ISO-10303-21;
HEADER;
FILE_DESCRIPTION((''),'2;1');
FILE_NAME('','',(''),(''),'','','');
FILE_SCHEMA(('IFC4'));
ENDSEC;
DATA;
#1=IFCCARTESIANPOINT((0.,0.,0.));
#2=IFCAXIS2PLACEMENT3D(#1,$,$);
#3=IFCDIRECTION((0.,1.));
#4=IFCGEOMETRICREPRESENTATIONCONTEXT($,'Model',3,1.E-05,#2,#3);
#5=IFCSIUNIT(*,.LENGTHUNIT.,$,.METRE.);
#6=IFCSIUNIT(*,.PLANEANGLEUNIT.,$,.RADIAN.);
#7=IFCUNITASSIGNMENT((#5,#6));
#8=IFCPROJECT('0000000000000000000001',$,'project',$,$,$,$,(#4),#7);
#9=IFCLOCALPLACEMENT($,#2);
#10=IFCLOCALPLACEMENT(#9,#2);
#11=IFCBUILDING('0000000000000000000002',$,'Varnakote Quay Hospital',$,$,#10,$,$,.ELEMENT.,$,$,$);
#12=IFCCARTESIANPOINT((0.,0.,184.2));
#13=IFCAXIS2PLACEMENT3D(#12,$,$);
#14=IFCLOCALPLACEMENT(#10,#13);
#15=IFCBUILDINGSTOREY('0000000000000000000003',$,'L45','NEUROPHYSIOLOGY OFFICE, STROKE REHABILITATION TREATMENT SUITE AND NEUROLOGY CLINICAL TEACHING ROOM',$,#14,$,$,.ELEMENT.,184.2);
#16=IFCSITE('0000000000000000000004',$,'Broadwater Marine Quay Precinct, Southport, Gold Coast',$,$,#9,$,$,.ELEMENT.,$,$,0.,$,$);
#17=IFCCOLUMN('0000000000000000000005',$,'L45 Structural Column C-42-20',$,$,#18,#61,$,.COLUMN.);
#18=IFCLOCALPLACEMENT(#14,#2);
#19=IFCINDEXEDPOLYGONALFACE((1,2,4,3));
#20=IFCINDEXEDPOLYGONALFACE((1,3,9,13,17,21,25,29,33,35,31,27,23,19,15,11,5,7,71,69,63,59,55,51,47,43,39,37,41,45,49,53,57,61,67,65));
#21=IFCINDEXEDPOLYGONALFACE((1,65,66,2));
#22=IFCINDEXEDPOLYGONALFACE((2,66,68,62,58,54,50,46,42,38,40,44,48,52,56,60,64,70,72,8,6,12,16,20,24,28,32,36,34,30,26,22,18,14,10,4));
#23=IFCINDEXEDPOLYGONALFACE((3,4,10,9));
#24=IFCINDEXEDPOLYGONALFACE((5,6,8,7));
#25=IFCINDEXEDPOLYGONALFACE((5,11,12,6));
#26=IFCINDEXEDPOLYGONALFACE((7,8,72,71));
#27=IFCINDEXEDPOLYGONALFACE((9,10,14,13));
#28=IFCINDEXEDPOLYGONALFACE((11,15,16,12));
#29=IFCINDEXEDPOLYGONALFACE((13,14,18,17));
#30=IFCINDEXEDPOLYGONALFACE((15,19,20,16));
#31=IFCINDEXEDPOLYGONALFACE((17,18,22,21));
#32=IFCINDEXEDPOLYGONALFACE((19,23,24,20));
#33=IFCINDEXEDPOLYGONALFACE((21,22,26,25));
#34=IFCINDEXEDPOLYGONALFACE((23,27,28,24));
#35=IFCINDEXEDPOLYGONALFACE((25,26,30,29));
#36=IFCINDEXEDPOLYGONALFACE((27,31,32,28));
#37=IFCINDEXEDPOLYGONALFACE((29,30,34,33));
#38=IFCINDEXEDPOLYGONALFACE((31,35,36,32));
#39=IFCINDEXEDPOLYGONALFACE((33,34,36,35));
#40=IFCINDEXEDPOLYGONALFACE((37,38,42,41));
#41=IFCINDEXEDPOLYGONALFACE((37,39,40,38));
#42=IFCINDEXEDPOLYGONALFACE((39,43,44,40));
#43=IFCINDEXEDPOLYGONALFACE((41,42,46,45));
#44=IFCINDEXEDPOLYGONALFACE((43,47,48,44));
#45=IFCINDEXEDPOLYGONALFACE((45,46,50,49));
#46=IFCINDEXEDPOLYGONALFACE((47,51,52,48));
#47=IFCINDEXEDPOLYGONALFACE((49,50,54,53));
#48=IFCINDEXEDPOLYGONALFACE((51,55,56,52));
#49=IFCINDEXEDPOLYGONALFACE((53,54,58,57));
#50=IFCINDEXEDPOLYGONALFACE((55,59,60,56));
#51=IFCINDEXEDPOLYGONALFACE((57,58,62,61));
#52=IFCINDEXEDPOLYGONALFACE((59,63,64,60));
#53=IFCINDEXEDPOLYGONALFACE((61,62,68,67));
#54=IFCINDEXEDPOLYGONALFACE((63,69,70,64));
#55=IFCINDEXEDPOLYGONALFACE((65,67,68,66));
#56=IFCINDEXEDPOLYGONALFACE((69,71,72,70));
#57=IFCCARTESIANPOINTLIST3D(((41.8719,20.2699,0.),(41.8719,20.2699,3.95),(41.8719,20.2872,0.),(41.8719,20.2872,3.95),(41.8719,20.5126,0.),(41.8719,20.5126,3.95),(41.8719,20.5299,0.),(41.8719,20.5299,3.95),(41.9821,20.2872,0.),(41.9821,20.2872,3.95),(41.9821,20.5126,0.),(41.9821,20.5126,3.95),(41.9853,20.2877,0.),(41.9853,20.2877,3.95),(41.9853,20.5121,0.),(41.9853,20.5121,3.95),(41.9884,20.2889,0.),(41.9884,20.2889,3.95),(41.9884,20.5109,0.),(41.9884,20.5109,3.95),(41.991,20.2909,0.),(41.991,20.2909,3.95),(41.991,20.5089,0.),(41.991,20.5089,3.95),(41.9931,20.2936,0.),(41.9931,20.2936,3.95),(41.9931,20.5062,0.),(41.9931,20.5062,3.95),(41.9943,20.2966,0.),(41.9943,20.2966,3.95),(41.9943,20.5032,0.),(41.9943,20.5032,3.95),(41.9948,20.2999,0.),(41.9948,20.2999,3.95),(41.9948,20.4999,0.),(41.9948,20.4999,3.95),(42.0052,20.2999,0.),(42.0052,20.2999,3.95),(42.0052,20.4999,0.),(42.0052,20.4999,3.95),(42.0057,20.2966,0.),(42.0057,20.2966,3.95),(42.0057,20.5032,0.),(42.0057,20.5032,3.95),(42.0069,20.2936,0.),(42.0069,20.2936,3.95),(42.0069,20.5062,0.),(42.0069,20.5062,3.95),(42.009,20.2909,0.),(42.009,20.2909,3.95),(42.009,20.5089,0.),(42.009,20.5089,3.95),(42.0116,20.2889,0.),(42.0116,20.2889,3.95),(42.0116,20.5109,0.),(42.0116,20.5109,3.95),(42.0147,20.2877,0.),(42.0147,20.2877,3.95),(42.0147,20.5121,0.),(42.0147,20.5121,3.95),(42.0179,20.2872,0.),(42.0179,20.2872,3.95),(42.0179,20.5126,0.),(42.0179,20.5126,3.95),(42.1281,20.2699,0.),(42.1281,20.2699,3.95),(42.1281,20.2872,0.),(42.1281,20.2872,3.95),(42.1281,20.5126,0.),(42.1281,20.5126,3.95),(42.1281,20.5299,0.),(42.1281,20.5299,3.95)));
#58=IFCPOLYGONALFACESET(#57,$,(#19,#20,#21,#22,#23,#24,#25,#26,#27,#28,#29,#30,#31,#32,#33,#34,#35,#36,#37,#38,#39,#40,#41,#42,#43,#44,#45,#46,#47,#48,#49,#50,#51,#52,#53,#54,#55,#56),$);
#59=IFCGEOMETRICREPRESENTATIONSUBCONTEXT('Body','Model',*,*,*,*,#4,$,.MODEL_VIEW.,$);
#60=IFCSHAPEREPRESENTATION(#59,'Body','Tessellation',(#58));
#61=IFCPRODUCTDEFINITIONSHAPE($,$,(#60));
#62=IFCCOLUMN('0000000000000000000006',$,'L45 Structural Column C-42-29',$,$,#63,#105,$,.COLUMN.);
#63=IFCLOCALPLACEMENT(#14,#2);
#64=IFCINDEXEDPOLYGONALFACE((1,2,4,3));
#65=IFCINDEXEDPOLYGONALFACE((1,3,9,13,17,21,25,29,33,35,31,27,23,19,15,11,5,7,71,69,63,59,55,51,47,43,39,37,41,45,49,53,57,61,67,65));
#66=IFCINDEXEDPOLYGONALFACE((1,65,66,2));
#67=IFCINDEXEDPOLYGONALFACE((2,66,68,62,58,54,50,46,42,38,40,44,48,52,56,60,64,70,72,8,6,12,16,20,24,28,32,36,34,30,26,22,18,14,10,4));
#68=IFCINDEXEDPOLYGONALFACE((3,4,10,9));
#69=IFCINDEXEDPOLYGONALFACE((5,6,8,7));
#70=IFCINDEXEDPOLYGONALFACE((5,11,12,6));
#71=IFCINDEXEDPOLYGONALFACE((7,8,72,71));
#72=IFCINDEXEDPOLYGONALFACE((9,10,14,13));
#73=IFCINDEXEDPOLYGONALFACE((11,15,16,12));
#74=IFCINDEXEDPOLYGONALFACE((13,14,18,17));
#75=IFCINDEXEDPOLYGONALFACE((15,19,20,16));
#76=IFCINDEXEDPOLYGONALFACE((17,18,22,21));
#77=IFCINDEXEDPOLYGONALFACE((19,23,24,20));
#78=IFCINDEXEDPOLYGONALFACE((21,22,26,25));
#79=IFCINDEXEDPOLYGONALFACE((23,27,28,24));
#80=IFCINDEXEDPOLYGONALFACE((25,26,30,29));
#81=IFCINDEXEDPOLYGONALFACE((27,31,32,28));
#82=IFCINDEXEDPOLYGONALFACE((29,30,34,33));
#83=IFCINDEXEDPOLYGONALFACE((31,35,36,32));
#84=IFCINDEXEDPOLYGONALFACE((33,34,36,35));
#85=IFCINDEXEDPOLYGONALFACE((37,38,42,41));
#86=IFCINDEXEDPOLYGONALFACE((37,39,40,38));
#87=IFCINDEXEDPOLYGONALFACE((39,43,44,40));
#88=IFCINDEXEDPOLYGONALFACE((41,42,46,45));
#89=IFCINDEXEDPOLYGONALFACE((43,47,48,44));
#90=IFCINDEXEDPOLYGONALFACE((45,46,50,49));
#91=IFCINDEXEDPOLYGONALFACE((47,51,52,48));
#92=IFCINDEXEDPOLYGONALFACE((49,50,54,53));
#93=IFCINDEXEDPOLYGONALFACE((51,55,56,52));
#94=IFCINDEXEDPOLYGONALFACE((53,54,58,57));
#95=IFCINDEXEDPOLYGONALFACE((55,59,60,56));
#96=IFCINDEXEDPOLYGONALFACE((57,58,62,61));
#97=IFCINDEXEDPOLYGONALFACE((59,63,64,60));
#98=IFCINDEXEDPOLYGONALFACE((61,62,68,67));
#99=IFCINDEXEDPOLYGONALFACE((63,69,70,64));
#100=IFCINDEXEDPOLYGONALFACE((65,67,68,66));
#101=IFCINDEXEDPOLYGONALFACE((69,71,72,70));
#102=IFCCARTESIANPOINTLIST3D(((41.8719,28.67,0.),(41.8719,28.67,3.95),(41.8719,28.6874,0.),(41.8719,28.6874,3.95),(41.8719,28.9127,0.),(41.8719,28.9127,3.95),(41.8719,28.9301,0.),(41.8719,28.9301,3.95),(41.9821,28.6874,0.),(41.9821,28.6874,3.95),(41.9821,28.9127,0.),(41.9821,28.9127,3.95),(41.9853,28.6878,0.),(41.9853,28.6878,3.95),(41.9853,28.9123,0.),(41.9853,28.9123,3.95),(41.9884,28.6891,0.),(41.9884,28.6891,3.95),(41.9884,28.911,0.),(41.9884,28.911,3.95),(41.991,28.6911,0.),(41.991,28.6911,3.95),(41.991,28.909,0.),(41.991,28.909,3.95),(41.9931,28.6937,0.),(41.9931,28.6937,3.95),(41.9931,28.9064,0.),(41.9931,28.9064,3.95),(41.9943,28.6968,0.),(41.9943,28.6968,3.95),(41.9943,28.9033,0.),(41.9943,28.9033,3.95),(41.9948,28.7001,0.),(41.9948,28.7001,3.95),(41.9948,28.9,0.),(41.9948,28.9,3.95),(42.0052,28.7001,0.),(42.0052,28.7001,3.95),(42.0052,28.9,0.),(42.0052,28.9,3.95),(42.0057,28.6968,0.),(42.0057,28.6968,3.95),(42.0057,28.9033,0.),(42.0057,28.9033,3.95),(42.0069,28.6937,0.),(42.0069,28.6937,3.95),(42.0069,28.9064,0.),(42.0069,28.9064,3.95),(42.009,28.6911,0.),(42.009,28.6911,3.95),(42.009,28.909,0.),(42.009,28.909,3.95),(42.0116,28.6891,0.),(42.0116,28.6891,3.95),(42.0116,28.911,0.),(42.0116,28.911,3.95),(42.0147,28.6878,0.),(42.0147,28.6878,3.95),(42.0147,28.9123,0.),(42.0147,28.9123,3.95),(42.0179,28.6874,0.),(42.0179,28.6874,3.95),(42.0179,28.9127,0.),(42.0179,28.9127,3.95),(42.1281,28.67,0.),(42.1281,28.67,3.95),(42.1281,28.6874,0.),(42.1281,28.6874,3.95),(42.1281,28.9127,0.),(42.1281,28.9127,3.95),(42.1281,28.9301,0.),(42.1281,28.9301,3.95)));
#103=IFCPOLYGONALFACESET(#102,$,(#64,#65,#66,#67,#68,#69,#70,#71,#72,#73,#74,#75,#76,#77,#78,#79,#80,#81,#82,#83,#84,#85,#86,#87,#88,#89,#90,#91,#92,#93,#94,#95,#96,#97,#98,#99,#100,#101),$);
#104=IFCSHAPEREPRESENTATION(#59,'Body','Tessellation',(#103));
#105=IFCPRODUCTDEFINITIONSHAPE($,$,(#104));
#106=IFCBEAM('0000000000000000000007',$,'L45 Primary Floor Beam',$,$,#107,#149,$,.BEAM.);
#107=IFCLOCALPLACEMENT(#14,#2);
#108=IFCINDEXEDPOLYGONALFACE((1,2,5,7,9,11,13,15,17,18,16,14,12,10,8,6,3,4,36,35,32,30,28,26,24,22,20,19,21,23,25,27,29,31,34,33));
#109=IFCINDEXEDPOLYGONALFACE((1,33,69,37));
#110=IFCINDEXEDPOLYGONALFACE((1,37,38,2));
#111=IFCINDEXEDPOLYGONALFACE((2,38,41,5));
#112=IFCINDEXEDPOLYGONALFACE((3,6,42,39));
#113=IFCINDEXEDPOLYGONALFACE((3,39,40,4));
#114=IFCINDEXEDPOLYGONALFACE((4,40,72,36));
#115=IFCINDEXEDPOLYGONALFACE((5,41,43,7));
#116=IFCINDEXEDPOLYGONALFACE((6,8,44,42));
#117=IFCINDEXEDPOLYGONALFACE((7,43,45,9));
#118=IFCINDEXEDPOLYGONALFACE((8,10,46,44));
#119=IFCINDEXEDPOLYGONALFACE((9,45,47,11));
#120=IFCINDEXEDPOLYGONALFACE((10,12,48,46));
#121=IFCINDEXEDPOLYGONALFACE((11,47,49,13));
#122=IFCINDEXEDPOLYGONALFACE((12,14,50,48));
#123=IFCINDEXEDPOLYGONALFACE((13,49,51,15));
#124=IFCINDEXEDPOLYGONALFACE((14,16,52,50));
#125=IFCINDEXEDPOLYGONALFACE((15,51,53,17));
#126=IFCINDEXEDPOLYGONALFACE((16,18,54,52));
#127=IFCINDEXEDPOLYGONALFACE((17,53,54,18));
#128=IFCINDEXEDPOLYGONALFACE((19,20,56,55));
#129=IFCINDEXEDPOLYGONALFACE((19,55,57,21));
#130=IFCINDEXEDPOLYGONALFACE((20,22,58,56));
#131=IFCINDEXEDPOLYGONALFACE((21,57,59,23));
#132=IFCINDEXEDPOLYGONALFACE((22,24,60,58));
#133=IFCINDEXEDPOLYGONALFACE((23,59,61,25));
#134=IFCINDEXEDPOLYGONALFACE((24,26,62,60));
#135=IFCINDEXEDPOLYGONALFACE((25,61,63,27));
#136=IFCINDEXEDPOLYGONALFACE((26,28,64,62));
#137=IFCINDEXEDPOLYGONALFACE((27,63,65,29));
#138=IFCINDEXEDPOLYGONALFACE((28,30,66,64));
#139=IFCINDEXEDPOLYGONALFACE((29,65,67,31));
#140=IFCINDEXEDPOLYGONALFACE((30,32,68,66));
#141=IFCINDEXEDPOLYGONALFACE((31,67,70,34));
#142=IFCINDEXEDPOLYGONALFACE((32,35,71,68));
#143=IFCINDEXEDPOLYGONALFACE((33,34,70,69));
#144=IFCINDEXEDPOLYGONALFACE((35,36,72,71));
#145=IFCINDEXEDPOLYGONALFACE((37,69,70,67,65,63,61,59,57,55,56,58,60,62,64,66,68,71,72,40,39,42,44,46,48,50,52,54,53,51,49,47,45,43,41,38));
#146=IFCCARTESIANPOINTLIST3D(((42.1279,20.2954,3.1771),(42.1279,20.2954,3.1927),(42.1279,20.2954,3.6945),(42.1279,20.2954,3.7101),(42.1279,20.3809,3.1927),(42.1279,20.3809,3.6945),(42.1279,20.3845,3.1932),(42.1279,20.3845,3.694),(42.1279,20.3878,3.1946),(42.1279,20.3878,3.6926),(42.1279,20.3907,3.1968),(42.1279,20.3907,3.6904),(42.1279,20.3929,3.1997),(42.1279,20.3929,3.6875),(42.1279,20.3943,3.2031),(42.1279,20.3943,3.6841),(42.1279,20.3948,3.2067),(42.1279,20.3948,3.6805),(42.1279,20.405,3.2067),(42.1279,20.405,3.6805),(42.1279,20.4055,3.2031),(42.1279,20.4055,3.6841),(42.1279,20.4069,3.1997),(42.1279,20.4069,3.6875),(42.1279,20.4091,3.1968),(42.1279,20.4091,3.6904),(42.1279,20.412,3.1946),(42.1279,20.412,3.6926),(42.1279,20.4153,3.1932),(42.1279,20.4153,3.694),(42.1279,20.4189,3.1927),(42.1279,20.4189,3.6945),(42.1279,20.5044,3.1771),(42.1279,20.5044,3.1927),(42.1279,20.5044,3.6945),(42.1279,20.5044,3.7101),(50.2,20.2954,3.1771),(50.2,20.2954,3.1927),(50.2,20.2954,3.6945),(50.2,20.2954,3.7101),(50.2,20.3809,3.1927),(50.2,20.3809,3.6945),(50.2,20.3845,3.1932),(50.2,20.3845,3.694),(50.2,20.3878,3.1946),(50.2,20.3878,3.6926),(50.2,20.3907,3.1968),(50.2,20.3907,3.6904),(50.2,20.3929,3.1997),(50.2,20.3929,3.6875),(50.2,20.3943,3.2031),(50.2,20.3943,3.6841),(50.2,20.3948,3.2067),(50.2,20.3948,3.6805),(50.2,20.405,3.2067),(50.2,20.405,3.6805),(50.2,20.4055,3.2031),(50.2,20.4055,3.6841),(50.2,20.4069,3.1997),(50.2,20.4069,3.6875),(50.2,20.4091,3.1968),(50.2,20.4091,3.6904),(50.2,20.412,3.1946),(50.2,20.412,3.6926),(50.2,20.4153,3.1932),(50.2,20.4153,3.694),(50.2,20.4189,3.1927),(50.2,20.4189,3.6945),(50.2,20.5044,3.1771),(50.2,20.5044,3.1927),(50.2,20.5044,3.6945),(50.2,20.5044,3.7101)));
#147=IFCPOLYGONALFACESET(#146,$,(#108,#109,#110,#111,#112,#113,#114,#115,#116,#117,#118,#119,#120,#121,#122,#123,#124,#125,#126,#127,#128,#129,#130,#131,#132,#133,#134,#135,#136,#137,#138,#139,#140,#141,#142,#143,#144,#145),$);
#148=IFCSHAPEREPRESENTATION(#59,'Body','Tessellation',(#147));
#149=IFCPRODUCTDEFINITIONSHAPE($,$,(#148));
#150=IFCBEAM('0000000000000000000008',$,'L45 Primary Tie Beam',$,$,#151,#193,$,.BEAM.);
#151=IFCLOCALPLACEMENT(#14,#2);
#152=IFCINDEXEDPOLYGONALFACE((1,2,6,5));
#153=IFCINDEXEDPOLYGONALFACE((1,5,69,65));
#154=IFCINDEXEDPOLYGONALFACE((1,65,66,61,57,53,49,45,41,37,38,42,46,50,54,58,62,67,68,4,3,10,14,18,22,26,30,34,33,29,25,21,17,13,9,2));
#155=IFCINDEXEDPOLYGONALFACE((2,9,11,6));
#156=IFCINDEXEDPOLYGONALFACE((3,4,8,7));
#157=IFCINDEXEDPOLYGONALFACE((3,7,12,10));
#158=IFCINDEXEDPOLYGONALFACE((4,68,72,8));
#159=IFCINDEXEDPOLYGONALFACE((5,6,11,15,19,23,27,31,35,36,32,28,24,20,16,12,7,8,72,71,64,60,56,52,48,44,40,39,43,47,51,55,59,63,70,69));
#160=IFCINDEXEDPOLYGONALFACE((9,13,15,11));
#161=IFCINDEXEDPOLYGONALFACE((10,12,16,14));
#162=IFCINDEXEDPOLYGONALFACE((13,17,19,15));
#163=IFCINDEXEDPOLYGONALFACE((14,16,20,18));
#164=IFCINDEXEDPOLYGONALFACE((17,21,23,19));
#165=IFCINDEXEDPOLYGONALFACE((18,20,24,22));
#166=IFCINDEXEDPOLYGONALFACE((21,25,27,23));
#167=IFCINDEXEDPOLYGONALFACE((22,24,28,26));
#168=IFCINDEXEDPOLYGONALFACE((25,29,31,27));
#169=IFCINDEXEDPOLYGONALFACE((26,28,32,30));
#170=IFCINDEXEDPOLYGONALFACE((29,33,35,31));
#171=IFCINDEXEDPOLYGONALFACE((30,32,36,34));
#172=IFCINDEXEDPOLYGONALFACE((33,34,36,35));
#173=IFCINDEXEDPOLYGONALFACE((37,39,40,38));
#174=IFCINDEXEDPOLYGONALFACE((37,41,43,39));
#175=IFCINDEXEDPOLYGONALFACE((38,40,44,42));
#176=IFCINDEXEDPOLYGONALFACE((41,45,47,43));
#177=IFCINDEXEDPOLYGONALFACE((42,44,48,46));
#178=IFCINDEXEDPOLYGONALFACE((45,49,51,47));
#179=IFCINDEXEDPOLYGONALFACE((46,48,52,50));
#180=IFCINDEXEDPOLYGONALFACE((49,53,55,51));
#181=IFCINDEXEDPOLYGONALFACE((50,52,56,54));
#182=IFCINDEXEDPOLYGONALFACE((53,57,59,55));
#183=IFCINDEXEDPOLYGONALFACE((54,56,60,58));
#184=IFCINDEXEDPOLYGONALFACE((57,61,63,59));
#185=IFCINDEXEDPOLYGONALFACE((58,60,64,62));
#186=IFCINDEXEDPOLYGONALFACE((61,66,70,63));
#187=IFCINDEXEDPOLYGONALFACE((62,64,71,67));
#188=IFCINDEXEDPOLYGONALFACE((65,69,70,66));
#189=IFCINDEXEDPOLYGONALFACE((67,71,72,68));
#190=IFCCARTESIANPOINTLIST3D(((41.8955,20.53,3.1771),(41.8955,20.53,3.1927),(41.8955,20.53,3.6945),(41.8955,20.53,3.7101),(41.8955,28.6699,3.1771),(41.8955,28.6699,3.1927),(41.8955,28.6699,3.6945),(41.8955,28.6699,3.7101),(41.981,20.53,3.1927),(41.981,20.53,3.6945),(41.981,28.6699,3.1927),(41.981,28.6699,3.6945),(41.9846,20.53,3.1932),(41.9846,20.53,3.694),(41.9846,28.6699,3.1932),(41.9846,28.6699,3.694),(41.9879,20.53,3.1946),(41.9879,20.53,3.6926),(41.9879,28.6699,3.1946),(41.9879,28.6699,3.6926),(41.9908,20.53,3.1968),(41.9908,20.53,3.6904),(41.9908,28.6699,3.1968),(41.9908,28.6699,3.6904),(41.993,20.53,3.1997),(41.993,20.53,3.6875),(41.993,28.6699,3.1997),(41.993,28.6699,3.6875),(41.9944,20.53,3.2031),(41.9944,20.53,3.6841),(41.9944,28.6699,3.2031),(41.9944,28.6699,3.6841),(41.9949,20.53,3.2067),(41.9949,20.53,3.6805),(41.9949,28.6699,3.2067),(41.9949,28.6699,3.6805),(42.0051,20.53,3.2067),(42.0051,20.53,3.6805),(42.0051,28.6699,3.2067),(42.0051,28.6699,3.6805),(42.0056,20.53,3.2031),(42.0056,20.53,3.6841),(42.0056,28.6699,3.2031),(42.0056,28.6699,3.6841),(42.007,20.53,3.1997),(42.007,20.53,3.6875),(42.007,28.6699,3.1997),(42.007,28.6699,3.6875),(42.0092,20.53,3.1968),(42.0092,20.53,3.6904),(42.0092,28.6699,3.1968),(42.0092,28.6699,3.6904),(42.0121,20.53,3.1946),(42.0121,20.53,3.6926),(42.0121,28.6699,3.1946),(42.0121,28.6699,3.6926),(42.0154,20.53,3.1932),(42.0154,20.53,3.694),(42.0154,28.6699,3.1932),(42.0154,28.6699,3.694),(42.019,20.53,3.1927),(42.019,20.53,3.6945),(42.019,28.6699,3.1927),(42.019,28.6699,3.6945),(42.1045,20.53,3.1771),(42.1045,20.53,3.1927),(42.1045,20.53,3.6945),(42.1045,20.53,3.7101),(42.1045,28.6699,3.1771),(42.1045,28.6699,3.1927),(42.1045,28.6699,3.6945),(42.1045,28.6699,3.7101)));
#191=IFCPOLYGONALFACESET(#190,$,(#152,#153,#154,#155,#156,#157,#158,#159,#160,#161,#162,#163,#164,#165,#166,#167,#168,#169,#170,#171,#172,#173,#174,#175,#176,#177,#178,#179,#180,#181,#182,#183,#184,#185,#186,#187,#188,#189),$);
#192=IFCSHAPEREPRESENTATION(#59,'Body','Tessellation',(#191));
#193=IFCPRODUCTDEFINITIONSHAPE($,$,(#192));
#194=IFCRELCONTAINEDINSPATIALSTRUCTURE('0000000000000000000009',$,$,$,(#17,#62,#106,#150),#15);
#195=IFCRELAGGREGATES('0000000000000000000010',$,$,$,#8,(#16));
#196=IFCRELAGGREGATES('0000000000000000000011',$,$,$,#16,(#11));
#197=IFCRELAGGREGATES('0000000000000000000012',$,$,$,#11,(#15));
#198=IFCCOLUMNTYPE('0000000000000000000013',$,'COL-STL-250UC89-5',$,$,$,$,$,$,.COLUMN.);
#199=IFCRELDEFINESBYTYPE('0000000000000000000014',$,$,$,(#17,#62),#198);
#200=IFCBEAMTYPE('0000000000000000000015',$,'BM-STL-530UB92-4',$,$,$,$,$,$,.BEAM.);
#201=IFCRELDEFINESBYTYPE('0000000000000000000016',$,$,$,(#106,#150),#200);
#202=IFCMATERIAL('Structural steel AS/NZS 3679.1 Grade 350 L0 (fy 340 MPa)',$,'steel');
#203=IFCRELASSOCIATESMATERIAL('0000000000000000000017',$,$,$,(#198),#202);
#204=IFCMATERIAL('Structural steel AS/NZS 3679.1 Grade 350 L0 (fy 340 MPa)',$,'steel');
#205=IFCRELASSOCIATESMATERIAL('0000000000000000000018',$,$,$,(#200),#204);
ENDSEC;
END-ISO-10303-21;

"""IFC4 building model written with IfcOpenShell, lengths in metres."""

from ifc_helpers import new_model, si_unit, direction, frame, origin, origin_2d, place, context, subcontext, project, spatial, i_section, extrude, material, material_profile, profile_set, type_object, element, save


model = new_model("IFC4")

# Units and contexts
model_context = context("Model", 3, precision=1e-05, world=origin(), true_north=direction((0.0, 1.0)))
body_context = subcontext(model_context, "Body", "Model", "MODEL_VIEW")
ifc_project = project(units=[si_unit("LENGTHUNIT", "METRE"), si_unit("PLANEANGLEUNIT", "RADIAN")], contexts=[model_context])

# Site, building, storey
site_placement = place(None, origin())
site = spatial("IfcSite", under=ifc_project, at=site_placement, Name="Broadwater Marine Quay Precinct, Southport, Gold Coast", CompositionType="ELEMENT", RefElevation=0.0)
building_placement = place(site_placement, origin())
building = spatial("IfcBuilding", under=site, at=building_placement, Name="Varnakote Quay Hospital", CompositionType="ELEMENT")
storey_placement = place(building_placement, frame((0.0, 0.0, 184.2)))
storey = spatial("IfcBuildingStorey", under=building, at=storey_placement, Name="L45", Description="NEUROPHYSIOLOGY OFFICE, STROKE REHABILITATION TREATMENT SUITE AND NEUROLOGY CLINICAL TEACHING ROOM", CompositionType="ELEMENT", Elevation=184.2)

# Columns
ifc_material_1 = material(Name="Structural steel AS/NZS 3679.1 Grade 350 L0 (fy 340 MPa)", Category="steel")
ifc_material_profile_1 = material_profile(ifc_material_1, i_section(OverallWidth=0.2561, OverallDepth=0.26, WebThickness=0.0105, FlangeThickness=0.0173, FilletRadius=0.0127, at=origin_2d()), Name="250UC89.5")
ifc_profile_set_1 = profile_set([ifc_material_profile_1], Name="Structural steel AS/NZS 3679.1 Grade 350 L0 (fy 340 MPa)")
column_type = type_object("IfcColumnType", Name="COL-STL-250UC89-5", PredefinedType="COLUMN", material=ifc_profile_set_1)
for number, where, z_axis, x_axis, name in (
    (1, (42.0, 20.3999, 0.0), (0.0, 0.0, 1.0), (1.0, 0.0, 0.0), "L45 Structural Column C-42-20"),
    (2, (42.0, 28.8, 0.0), (0.0, 0.0, 1.0), (1.0, 0.0, 0.0), "L45 Structural Column C-42-29"),
):
    element("IfcColumn", number, at=place(storey_placement, frame(where, z_axis=z_axis, x_axis=x_axis)), inside=storey, type_object=column_type, Name=name, PredefinedType="COLUMN", context=body_context, shape_type="SweptSolid", body=[
        extrude(i_section(OverallWidth=0.2561, OverallDepth=0.26, WebThickness=0.0105, FlangeThickness=0.0173, FilletRadius=0.0127, at=origin_2d()), origin(), (0.0, 0.0, 1.0), 3.95),
    ])

# Beams
ifc_material_2 = material(Name="Structural steel AS/NZS 3679.1 Grade 350 L0 (fy 340 MPa)", Category="steel")
ifc_material_profile_2 = material_profile(ifc_material_2, i_section(OverallWidth=0.209, OverallDepth=0.533, WebThickness=0.0103, FlangeThickness=0.0156, FilletRadius=0.0139, at=origin_2d()), Name="530UB92.4")
ifc_profile_set_2 = profile_set([ifc_material_profile_2], Name="Structural steel AS/NZS 3679.1 Grade 350 L0 (fy 340 MPa)")
beam_type = type_object("IfcBeamType", Name="BM-STL-530UB92-4", PredefinedType="BEAM", material=ifc_profile_set_2)
beam_1_placement = place(storey_placement, frame((42.1279, 20.3999, 3.4436), z_axis=(1.0, 0.0, 0.0), x_axis=(0.0, 1.0, 0.0)))
element("IfcBeam", 3, at=beam_1_placement, inside=storey, type_object=beam_type, Name="L45 Primary Floor Beam", PredefinedType="BEAM", context=body_context, shape_type="SweptSolid", body=[
    extrude(i_section(OverallWidth=0.209, OverallDepth=0.533, WebThickness=0.0103, FlangeThickness=0.0156, FilletRadius=0.0139, at=origin_2d()), origin(), (0.0, 0.0, 1.0), 8.072),
])
beam_2_placement = place(storey_placement, frame((42.0, 20.53, 3.4436), z_axis=(0.0, 1.0, 0.0), x_axis=(-1.0, 0.0, 0.0)))
element("IfcBeam", 4, at=beam_2_placement, inside=storey, type_object=beam_type, Name="L45 Primary Tie Beam", PredefinedType="BEAM", context=body_context, shape_type="SweptSolid", body=[
    extrude(i_section(OverallWidth=0.209, OverallDepth=0.533, WebThickness=0.0103, FlangeThickness=0.0156, FilletRadius=0.0139, at=origin_2d()), origin(), (0.0, 0.0, 1.0), 8.1399),
])

save(model, "model.ifc")
